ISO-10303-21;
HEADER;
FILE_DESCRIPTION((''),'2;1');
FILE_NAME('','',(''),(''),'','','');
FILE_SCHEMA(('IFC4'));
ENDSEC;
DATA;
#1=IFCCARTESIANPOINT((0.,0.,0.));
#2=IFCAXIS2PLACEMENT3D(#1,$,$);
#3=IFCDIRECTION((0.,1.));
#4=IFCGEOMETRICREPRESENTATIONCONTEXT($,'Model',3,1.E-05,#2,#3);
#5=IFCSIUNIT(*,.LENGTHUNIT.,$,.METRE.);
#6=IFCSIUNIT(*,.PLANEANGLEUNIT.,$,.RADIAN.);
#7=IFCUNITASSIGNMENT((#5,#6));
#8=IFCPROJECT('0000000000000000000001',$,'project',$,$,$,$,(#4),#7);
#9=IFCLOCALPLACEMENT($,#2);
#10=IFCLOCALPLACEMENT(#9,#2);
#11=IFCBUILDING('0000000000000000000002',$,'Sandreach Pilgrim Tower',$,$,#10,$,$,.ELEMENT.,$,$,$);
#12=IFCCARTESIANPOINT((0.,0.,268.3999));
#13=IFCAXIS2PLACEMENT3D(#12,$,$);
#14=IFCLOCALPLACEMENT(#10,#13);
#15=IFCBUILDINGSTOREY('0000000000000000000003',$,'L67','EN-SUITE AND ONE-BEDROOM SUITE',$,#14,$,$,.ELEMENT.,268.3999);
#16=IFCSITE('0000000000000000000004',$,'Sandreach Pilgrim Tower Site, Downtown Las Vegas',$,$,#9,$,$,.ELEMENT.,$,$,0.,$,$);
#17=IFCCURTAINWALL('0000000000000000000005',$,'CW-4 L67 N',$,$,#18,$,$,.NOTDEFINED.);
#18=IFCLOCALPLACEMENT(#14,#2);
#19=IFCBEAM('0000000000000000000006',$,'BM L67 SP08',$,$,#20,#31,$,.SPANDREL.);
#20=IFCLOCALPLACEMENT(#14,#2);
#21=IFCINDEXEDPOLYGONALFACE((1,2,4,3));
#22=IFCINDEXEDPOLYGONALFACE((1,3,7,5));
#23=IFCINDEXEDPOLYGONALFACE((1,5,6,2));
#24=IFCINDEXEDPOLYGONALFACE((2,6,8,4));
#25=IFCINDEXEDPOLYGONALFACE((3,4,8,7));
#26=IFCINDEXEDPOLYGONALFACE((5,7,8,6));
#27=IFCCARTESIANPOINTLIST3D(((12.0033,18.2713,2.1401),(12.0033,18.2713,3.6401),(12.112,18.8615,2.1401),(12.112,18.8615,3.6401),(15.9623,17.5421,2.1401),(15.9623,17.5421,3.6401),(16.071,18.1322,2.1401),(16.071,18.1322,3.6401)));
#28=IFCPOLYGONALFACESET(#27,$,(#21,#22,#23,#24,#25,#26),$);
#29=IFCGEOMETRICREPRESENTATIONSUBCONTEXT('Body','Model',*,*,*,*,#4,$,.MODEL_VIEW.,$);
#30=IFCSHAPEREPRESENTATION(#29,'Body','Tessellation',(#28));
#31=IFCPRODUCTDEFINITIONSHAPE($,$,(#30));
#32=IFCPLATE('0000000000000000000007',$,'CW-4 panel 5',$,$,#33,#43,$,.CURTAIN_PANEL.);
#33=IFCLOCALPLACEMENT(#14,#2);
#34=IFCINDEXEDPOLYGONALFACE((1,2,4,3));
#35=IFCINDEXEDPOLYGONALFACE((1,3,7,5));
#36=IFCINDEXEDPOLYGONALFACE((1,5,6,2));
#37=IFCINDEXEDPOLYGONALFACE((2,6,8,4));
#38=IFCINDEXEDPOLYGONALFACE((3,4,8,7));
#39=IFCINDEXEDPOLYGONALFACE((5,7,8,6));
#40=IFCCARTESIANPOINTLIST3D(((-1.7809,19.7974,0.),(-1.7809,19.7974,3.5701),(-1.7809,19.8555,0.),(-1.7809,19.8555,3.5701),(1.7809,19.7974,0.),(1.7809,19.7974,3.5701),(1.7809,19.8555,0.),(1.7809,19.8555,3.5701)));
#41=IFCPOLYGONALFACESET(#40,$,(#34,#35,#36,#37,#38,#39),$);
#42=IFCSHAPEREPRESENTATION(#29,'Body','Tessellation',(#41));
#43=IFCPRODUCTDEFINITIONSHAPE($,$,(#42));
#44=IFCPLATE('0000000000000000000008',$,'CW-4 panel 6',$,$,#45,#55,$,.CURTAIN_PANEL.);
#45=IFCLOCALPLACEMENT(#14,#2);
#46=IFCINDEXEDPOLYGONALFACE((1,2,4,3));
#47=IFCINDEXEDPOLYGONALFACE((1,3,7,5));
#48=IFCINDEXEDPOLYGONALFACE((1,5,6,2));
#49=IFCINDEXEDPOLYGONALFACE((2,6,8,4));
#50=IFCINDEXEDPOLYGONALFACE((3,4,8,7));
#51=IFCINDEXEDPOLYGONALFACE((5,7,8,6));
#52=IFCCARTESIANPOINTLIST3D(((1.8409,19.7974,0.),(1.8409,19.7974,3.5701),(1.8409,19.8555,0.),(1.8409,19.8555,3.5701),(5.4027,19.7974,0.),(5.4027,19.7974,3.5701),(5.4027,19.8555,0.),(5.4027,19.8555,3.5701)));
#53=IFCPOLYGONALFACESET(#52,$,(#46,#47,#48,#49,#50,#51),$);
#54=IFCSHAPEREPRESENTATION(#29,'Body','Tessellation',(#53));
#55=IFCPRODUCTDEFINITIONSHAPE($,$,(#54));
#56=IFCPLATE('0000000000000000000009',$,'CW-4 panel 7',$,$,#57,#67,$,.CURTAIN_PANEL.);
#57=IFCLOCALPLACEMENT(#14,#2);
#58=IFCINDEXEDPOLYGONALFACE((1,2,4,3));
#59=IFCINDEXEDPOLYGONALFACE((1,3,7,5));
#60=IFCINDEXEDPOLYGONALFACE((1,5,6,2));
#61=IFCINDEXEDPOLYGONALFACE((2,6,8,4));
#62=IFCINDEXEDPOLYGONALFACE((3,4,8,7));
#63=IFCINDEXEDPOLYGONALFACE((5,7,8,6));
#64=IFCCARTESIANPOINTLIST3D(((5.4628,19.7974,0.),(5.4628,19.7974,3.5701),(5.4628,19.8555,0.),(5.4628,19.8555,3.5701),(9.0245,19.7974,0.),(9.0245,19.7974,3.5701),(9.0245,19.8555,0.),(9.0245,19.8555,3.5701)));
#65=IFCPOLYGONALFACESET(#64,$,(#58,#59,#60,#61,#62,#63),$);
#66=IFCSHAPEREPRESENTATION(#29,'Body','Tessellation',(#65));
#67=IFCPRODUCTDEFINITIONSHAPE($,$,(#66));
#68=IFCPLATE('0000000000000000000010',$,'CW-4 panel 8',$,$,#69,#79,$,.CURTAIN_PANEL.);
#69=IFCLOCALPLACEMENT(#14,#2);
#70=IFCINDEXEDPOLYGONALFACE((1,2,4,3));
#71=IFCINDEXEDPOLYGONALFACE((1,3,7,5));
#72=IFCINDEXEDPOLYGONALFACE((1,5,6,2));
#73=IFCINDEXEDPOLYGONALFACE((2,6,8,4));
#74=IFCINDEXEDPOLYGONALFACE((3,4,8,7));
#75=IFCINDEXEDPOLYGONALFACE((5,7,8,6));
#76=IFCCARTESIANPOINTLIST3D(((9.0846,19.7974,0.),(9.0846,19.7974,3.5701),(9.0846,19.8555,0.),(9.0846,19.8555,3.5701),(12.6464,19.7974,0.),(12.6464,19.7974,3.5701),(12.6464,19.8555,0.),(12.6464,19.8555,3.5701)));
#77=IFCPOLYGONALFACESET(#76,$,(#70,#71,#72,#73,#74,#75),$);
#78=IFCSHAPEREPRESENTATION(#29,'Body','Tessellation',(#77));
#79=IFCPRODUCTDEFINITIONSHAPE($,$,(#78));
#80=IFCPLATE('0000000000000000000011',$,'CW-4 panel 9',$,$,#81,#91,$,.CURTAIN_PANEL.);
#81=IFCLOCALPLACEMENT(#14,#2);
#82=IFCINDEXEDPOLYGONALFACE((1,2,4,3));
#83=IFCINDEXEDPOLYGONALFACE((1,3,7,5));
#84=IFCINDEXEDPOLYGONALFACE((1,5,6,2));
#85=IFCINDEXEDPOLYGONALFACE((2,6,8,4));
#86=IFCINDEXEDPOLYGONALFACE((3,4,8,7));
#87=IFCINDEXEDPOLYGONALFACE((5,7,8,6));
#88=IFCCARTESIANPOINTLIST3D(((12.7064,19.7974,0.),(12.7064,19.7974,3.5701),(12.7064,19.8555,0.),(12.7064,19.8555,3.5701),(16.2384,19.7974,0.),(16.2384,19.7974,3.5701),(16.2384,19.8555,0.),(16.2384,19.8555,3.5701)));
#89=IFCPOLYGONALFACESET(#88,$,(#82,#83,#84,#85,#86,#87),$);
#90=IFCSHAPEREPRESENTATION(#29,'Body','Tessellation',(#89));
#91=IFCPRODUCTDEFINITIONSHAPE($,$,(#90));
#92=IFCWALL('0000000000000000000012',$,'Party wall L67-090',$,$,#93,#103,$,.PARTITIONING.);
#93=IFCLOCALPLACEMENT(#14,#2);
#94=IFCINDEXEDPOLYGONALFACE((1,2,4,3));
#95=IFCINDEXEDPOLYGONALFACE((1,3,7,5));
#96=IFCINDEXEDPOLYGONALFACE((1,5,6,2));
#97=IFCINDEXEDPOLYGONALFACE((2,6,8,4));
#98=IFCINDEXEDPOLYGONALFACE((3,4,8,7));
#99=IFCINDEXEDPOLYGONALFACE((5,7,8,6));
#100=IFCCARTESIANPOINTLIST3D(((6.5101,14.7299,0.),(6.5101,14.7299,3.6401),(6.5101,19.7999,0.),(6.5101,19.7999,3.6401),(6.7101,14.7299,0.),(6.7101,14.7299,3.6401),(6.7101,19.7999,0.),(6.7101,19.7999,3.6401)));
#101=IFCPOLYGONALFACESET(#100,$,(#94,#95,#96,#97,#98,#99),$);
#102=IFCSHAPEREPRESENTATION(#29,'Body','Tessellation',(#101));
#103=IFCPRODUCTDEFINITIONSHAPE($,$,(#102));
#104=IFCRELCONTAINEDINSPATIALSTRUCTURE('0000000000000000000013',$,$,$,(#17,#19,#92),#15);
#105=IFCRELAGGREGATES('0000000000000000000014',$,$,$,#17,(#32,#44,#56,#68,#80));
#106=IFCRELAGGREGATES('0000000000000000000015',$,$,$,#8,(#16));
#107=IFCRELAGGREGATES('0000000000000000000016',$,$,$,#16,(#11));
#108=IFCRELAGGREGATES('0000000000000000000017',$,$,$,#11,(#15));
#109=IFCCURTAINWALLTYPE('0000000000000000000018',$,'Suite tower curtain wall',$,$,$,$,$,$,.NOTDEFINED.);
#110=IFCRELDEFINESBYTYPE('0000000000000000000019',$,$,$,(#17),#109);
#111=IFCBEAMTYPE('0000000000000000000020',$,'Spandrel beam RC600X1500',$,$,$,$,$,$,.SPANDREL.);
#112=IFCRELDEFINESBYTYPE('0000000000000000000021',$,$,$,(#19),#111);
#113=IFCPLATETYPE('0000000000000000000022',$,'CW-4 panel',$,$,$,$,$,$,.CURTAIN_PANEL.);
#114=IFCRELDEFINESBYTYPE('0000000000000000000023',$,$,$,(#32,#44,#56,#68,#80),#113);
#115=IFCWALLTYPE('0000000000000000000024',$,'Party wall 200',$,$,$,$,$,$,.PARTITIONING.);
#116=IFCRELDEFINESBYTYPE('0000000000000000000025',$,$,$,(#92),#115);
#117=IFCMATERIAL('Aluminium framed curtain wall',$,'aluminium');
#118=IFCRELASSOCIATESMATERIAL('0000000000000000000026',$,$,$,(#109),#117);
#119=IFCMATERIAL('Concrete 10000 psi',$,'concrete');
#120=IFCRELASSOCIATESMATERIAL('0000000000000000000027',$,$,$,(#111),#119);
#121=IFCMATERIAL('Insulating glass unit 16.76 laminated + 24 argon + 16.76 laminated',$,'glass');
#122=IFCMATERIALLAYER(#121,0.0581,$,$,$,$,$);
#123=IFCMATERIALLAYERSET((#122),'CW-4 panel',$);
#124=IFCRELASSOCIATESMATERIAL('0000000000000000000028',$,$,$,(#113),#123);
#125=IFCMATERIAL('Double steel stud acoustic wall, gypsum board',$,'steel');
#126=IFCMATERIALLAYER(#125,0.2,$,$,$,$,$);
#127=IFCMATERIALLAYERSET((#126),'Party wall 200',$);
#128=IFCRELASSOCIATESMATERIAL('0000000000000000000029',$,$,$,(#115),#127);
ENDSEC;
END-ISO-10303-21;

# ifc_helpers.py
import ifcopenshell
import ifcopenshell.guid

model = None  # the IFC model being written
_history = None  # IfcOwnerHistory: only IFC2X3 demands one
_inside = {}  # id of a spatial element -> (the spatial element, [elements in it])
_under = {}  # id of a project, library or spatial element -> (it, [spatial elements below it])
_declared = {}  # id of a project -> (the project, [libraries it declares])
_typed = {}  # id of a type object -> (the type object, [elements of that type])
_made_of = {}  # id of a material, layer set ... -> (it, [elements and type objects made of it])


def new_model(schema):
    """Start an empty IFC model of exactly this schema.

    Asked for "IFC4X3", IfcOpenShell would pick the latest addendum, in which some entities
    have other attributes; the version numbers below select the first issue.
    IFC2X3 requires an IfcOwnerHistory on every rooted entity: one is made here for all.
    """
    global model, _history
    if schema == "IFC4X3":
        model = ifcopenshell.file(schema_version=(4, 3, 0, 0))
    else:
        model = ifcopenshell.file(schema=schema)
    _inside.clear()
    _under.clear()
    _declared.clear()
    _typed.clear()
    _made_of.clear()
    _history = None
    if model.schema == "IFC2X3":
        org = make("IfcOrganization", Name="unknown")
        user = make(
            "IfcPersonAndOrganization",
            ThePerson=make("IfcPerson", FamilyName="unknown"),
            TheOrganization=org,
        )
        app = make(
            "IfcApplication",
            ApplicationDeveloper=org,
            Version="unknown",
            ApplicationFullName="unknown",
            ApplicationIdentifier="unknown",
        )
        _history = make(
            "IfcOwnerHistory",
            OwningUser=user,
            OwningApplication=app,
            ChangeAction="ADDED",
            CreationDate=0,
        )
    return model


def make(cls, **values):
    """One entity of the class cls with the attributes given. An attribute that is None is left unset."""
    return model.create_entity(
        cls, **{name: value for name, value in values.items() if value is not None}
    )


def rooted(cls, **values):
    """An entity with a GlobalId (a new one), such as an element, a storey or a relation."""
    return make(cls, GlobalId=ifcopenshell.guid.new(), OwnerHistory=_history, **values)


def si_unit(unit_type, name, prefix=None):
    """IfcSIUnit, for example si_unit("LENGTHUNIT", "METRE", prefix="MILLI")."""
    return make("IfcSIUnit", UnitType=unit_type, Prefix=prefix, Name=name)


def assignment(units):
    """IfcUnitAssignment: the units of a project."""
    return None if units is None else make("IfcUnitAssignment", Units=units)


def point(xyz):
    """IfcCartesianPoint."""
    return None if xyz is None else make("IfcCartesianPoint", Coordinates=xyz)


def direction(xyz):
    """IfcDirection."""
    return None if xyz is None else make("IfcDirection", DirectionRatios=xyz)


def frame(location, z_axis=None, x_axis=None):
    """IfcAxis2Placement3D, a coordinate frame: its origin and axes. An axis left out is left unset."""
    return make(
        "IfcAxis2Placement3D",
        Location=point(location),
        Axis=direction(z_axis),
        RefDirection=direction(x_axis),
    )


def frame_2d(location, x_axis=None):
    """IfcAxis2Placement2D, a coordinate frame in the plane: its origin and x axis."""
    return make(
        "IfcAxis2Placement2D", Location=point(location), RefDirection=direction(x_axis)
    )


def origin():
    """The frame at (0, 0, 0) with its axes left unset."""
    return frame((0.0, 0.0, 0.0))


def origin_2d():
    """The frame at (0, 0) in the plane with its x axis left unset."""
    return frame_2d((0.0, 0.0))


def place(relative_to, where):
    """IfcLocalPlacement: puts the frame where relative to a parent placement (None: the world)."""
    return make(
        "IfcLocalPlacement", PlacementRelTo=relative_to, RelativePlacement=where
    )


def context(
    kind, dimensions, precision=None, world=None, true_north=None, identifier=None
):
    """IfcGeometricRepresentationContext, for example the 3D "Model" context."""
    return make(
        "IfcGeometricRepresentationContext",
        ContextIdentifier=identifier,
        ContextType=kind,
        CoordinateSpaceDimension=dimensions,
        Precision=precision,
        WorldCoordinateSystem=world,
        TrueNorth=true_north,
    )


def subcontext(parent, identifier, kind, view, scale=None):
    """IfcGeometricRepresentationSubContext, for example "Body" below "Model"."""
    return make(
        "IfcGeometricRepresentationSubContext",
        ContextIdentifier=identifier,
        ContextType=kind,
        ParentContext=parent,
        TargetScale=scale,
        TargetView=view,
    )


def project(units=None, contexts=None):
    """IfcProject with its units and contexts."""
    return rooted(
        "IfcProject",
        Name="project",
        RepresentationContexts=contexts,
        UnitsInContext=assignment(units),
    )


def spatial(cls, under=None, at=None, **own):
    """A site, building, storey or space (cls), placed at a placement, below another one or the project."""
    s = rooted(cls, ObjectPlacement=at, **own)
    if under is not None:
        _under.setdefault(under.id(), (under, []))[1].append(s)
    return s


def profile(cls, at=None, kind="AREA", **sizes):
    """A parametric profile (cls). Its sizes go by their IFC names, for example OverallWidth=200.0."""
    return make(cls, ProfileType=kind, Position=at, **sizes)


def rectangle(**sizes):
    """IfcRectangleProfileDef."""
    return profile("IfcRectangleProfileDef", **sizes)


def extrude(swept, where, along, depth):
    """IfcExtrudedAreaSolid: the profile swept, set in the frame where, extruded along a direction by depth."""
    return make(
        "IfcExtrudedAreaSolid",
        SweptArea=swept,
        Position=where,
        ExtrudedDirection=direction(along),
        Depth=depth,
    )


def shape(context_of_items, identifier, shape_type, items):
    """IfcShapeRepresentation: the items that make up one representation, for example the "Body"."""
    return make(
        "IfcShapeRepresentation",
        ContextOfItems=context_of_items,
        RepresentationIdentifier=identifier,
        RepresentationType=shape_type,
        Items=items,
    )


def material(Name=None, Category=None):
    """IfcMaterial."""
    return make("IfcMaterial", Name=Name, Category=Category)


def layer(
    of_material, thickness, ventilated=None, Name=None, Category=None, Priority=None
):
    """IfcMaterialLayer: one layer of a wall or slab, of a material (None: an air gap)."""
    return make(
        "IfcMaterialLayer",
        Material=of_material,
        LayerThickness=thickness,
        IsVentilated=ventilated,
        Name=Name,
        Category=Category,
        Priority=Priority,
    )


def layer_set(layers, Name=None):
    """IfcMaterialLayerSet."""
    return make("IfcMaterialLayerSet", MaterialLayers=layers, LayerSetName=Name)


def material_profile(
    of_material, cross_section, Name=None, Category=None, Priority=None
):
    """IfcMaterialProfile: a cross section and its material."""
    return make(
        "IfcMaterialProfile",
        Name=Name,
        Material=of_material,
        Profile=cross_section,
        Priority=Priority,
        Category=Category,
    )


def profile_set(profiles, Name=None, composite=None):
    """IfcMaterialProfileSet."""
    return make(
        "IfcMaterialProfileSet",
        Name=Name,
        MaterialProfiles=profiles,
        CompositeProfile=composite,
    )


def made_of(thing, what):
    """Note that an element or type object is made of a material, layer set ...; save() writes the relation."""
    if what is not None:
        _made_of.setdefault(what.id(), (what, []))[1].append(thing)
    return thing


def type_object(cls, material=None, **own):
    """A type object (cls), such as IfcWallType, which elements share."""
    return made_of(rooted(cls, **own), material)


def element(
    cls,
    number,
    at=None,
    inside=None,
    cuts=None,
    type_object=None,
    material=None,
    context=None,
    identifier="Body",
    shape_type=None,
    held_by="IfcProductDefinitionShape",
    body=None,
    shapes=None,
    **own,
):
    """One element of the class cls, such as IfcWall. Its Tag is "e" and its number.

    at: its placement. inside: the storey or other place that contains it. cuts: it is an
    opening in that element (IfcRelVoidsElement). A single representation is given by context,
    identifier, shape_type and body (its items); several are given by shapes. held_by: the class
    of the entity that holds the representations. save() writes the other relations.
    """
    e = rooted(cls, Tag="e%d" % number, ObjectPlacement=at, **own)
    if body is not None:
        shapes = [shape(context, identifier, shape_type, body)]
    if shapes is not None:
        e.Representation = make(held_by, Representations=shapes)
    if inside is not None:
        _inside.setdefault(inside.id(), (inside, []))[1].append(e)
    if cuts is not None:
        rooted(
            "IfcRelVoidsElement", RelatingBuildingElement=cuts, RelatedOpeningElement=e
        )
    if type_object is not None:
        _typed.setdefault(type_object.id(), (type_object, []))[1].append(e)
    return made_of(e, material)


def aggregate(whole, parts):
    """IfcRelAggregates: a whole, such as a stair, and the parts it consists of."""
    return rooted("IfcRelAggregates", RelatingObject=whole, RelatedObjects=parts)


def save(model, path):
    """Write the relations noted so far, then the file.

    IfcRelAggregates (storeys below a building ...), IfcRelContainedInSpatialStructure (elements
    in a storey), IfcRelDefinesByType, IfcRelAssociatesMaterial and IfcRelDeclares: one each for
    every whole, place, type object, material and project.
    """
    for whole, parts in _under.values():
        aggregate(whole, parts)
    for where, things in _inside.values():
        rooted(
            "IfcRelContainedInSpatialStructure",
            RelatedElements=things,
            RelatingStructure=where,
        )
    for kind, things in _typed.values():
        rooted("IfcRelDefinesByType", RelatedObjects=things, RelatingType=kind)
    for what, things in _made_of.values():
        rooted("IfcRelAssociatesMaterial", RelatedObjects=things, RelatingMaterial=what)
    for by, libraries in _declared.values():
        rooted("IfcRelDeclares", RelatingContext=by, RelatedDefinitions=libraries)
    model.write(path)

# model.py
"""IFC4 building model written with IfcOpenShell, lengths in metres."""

from ifc_helpers import new_model, si_unit, direction, frame, frame_2d, origin, origin_2d, place, context, subcontext, project, spatial, rectangle, extrude, material, layer, layer_set, material_profile, profile_set, type_object, element, aggregate, save


model = new_model("IFC4")

# Units and contexts
model_context = context("Model", 3, precision=1e-05, world=origin(), true_north=direction((0.0, 1.0)))
body_context = subcontext(model_context, "Body", "Model", "MODEL_VIEW")
ifc_project = project(units=[si_unit("LENGTHUNIT", "METRE"), si_unit("PLANEANGLEUNIT", "RADIAN")], contexts=[model_context])

# Site, building, storey
site_placement = place(None, origin())
site = spatial("IfcSite", under=ifc_project, at=site_placement, Name="Sandreach Pilgrim Tower Site, Downtown Las Vegas", CompositionType="ELEMENT", RefElevation=0.0)
building_placement = place(site_placement, origin())
building = spatial("IfcBuilding", under=site, at=building_placement, Name="Sandreach Pilgrim Tower", CompositionType="ELEMENT")
storey_placement = place(building_placement, frame((0.0, 0.0, 268.3999)))
storey = spatial("IfcBuildingStorey", under=building, at=storey_placement, Name="L67", Description="EN-SUITE AND ONE-BEDROOM SUITE", CompositionType="ELEMENT", Elevation=268.3999)

# Curtain wall
ifc_material_1 = material(Name="Aluminium framed curtain wall", Category="aluminium")
curtain_wall_type = type_object("IfcCurtainWallType", Name="Suite tower curtain wall", PredefinedType="NOTDEFINED", material=ifc_material_1)
curtain_wall_placement = place(storey_placement, origin())
curtain_wall = element("IfcCurtainWall", 1, at=curtain_wall_placement, inside=storey, type_object=curtain_wall_type, Name="CW-4 L67 N", PredefinedType="NOTDEFINED")

# Beam
ifc_material_2 = material(Name="Concrete 10000 psi", Category="concrete")
ifc_material_profile_1 = material_profile(ifc_material_2, rectangle(XDim=0.6001, YDim=1.5, at=origin_2d()), Name="RC600X1500")
ifc_profile_set_1 = profile_set([ifc_material_profile_1], Name="Concrete 10000 psi")
beam_type_1 = type_object("IfcBeamType", Name="Spandrel beam RC600X1500", PredefinedType="SPANDREL", material=ifc_profile_set_1)
beam_1_placement = place(storey_placement, frame((12.0576, 18.5664, 2.8901), z_axis=(0.983455, -0.181153, 0.0), x_axis=(0.181153, 0.983455, 0.0)))
element("IfcBeam", 2, at=beam_1_placement, inside=storey, type_object=beam_type_1, Name="BM L67 SP08", PredefinedType="SPANDREL", context=body_context, shape_type="SweptSolid", body=[
    extrude(rectangle(XDim=0.6001, YDim=1.5, at=origin_2d()), origin(), (0.0, 0.0, 1.0), 4.0256),
])

# Plates
ifc_material_3 = material(Name="Insulating glass unit 16.76 laminated + 24 argon + 16.76 laminated", Category="glass")
ifc_layer_1 = layer(ifc_material_3, 0.0581)
ifc_layer_set_1 = layer_set([ifc_layer_1], Name="CW-4 panel")
plate_type = type_object("IfcPlateType", Name="CW-4 panel", PredefinedType="CURTAIN_PANEL", material=ifc_layer_set_1)
plate_1_placement = place(storey_placement, frame((0.0, 19.8264, 0.0), z_axis=(0.0, 0.0, 1.0), x_axis=(1.0, 0.0, 0.0)))
plate_1 = element("IfcPlate", 3, at=plate_1_placement, type_object=plate_type, Name="CW-4 panel 5", PredefinedType="CURTAIN_PANEL", context=body_context, shape_type="SweptSolid", body=[
    extrude(rectangle(XDim=3.5618, YDim=0.0581, at=origin_2d()), origin(), (0.0, 0.0, 1.0), 3.5701),
])
plate_2_placement = place(storey_placement, frame((3.6218, 19.8264, 0.0), z_axis=(0.0, 0.0, 1.0), x_axis=(1.0, 0.0, 0.0)))
plate_2 = element("IfcPlate", 4, at=plate_2_placement, type_object=plate_type, Name="CW-4 panel 6", PredefinedType="CURTAIN_PANEL", context=body_context, shape_type="SweptSolid", body=[
    extrude(rectangle(XDim=3.5618, YDim=0.0581, at=origin_2d()), origin(), (0.0, 0.0, 1.0), 3.5701),
])
plate_3_placement = place(storey_placement, frame((7.2437, 19.8264, 0.0), z_axis=(0.0, 0.0, 1.0), x_axis=(1.0, 0.0, 0.0)))
plate_3 = element("IfcPlate", 5, at=plate_3_placement, type_object=plate_type, Name="CW-4 panel 7", PredefinedType="CURTAIN_PANEL", context=body_context, shape_type="SweptSolid", body=[
    extrude(rectangle(XDim=3.5618, YDim=0.0581, at=origin_2d()), origin(), (0.0, 0.0, 1.0), 3.5701),
])
plate_4_placement = place(storey_placement, frame((10.8655, 19.8264, 0.0), z_axis=(0.0, 0.0, 1.0), x_axis=(1.0, 0.0, 0.0)))
plate_4 = element("IfcPlate", 6, at=plate_4_placement, type_object=plate_type, Name="CW-4 panel 8", PredefinedType="CURTAIN_PANEL", context=body_context, shape_type="SweptSolid", body=[
    extrude(rectangle(XDim=3.5618, YDim=0.0581, at=origin_2d()), origin(), (0.0, 0.0, 1.0), 3.5701),
])
plate_5_placement = place(storey_placement, frame((14.4724, 19.8264, 0.0), z_axis=(0.0, 0.0, 1.0), x_axis=(1.0, 0.0, 0.0)))
plate_5 = element("IfcPlate", 7, at=plate_5_placement, type_object=plate_type, Name="CW-4 panel 9", PredefinedType="CURTAIN_PANEL", context=body_context, shape_type="SweptSolid", body=[
    extrude(rectangle(XDim=3.532, YDim=0.0581, at=origin_2d()), origin(), (0.0, 0.0, 1.0), 3.5701),
])
aggregate(curtain_wall, [plate_1, plate_2, plate_3, plate_4, plate_5])

# Wall
ifc_material_4 = material(Name="Double steel stud acoustic wall, gypsum board", Category="steel")
ifc_layer_2 = layer(ifc_material_4, 0.2)
ifc_layer_set_2 = layer_set([ifc_layer_2], Name="Party wall 200")
wall_type = type_object("IfcWallType", Name="Party wall 200", PredefinedType="PARTITIONING", material=ifc_layer_set_2)
wall_placement = place(storey_placement, frame((6.6101, 19.8, 0.0), z_axis=(0.0, 0.0, 1.0), x_axis=(0.0, -1.0, 0.0)))
element("IfcWall", 8, at=wall_placement, inside=storey, type_object=wall_type, Name="Party wall L67-090", PredefinedType="PARTITIONING", context=body_context, shape_type="SweptSolid", body=[
    extrude(rectangle(XDim=5.0701, YDim=0.2, at=frame_2d((2.5352, 0.0))), origin(), (0.0, 0.0, 1.0), 3.6401),
])

save(model, "model.ifc")
